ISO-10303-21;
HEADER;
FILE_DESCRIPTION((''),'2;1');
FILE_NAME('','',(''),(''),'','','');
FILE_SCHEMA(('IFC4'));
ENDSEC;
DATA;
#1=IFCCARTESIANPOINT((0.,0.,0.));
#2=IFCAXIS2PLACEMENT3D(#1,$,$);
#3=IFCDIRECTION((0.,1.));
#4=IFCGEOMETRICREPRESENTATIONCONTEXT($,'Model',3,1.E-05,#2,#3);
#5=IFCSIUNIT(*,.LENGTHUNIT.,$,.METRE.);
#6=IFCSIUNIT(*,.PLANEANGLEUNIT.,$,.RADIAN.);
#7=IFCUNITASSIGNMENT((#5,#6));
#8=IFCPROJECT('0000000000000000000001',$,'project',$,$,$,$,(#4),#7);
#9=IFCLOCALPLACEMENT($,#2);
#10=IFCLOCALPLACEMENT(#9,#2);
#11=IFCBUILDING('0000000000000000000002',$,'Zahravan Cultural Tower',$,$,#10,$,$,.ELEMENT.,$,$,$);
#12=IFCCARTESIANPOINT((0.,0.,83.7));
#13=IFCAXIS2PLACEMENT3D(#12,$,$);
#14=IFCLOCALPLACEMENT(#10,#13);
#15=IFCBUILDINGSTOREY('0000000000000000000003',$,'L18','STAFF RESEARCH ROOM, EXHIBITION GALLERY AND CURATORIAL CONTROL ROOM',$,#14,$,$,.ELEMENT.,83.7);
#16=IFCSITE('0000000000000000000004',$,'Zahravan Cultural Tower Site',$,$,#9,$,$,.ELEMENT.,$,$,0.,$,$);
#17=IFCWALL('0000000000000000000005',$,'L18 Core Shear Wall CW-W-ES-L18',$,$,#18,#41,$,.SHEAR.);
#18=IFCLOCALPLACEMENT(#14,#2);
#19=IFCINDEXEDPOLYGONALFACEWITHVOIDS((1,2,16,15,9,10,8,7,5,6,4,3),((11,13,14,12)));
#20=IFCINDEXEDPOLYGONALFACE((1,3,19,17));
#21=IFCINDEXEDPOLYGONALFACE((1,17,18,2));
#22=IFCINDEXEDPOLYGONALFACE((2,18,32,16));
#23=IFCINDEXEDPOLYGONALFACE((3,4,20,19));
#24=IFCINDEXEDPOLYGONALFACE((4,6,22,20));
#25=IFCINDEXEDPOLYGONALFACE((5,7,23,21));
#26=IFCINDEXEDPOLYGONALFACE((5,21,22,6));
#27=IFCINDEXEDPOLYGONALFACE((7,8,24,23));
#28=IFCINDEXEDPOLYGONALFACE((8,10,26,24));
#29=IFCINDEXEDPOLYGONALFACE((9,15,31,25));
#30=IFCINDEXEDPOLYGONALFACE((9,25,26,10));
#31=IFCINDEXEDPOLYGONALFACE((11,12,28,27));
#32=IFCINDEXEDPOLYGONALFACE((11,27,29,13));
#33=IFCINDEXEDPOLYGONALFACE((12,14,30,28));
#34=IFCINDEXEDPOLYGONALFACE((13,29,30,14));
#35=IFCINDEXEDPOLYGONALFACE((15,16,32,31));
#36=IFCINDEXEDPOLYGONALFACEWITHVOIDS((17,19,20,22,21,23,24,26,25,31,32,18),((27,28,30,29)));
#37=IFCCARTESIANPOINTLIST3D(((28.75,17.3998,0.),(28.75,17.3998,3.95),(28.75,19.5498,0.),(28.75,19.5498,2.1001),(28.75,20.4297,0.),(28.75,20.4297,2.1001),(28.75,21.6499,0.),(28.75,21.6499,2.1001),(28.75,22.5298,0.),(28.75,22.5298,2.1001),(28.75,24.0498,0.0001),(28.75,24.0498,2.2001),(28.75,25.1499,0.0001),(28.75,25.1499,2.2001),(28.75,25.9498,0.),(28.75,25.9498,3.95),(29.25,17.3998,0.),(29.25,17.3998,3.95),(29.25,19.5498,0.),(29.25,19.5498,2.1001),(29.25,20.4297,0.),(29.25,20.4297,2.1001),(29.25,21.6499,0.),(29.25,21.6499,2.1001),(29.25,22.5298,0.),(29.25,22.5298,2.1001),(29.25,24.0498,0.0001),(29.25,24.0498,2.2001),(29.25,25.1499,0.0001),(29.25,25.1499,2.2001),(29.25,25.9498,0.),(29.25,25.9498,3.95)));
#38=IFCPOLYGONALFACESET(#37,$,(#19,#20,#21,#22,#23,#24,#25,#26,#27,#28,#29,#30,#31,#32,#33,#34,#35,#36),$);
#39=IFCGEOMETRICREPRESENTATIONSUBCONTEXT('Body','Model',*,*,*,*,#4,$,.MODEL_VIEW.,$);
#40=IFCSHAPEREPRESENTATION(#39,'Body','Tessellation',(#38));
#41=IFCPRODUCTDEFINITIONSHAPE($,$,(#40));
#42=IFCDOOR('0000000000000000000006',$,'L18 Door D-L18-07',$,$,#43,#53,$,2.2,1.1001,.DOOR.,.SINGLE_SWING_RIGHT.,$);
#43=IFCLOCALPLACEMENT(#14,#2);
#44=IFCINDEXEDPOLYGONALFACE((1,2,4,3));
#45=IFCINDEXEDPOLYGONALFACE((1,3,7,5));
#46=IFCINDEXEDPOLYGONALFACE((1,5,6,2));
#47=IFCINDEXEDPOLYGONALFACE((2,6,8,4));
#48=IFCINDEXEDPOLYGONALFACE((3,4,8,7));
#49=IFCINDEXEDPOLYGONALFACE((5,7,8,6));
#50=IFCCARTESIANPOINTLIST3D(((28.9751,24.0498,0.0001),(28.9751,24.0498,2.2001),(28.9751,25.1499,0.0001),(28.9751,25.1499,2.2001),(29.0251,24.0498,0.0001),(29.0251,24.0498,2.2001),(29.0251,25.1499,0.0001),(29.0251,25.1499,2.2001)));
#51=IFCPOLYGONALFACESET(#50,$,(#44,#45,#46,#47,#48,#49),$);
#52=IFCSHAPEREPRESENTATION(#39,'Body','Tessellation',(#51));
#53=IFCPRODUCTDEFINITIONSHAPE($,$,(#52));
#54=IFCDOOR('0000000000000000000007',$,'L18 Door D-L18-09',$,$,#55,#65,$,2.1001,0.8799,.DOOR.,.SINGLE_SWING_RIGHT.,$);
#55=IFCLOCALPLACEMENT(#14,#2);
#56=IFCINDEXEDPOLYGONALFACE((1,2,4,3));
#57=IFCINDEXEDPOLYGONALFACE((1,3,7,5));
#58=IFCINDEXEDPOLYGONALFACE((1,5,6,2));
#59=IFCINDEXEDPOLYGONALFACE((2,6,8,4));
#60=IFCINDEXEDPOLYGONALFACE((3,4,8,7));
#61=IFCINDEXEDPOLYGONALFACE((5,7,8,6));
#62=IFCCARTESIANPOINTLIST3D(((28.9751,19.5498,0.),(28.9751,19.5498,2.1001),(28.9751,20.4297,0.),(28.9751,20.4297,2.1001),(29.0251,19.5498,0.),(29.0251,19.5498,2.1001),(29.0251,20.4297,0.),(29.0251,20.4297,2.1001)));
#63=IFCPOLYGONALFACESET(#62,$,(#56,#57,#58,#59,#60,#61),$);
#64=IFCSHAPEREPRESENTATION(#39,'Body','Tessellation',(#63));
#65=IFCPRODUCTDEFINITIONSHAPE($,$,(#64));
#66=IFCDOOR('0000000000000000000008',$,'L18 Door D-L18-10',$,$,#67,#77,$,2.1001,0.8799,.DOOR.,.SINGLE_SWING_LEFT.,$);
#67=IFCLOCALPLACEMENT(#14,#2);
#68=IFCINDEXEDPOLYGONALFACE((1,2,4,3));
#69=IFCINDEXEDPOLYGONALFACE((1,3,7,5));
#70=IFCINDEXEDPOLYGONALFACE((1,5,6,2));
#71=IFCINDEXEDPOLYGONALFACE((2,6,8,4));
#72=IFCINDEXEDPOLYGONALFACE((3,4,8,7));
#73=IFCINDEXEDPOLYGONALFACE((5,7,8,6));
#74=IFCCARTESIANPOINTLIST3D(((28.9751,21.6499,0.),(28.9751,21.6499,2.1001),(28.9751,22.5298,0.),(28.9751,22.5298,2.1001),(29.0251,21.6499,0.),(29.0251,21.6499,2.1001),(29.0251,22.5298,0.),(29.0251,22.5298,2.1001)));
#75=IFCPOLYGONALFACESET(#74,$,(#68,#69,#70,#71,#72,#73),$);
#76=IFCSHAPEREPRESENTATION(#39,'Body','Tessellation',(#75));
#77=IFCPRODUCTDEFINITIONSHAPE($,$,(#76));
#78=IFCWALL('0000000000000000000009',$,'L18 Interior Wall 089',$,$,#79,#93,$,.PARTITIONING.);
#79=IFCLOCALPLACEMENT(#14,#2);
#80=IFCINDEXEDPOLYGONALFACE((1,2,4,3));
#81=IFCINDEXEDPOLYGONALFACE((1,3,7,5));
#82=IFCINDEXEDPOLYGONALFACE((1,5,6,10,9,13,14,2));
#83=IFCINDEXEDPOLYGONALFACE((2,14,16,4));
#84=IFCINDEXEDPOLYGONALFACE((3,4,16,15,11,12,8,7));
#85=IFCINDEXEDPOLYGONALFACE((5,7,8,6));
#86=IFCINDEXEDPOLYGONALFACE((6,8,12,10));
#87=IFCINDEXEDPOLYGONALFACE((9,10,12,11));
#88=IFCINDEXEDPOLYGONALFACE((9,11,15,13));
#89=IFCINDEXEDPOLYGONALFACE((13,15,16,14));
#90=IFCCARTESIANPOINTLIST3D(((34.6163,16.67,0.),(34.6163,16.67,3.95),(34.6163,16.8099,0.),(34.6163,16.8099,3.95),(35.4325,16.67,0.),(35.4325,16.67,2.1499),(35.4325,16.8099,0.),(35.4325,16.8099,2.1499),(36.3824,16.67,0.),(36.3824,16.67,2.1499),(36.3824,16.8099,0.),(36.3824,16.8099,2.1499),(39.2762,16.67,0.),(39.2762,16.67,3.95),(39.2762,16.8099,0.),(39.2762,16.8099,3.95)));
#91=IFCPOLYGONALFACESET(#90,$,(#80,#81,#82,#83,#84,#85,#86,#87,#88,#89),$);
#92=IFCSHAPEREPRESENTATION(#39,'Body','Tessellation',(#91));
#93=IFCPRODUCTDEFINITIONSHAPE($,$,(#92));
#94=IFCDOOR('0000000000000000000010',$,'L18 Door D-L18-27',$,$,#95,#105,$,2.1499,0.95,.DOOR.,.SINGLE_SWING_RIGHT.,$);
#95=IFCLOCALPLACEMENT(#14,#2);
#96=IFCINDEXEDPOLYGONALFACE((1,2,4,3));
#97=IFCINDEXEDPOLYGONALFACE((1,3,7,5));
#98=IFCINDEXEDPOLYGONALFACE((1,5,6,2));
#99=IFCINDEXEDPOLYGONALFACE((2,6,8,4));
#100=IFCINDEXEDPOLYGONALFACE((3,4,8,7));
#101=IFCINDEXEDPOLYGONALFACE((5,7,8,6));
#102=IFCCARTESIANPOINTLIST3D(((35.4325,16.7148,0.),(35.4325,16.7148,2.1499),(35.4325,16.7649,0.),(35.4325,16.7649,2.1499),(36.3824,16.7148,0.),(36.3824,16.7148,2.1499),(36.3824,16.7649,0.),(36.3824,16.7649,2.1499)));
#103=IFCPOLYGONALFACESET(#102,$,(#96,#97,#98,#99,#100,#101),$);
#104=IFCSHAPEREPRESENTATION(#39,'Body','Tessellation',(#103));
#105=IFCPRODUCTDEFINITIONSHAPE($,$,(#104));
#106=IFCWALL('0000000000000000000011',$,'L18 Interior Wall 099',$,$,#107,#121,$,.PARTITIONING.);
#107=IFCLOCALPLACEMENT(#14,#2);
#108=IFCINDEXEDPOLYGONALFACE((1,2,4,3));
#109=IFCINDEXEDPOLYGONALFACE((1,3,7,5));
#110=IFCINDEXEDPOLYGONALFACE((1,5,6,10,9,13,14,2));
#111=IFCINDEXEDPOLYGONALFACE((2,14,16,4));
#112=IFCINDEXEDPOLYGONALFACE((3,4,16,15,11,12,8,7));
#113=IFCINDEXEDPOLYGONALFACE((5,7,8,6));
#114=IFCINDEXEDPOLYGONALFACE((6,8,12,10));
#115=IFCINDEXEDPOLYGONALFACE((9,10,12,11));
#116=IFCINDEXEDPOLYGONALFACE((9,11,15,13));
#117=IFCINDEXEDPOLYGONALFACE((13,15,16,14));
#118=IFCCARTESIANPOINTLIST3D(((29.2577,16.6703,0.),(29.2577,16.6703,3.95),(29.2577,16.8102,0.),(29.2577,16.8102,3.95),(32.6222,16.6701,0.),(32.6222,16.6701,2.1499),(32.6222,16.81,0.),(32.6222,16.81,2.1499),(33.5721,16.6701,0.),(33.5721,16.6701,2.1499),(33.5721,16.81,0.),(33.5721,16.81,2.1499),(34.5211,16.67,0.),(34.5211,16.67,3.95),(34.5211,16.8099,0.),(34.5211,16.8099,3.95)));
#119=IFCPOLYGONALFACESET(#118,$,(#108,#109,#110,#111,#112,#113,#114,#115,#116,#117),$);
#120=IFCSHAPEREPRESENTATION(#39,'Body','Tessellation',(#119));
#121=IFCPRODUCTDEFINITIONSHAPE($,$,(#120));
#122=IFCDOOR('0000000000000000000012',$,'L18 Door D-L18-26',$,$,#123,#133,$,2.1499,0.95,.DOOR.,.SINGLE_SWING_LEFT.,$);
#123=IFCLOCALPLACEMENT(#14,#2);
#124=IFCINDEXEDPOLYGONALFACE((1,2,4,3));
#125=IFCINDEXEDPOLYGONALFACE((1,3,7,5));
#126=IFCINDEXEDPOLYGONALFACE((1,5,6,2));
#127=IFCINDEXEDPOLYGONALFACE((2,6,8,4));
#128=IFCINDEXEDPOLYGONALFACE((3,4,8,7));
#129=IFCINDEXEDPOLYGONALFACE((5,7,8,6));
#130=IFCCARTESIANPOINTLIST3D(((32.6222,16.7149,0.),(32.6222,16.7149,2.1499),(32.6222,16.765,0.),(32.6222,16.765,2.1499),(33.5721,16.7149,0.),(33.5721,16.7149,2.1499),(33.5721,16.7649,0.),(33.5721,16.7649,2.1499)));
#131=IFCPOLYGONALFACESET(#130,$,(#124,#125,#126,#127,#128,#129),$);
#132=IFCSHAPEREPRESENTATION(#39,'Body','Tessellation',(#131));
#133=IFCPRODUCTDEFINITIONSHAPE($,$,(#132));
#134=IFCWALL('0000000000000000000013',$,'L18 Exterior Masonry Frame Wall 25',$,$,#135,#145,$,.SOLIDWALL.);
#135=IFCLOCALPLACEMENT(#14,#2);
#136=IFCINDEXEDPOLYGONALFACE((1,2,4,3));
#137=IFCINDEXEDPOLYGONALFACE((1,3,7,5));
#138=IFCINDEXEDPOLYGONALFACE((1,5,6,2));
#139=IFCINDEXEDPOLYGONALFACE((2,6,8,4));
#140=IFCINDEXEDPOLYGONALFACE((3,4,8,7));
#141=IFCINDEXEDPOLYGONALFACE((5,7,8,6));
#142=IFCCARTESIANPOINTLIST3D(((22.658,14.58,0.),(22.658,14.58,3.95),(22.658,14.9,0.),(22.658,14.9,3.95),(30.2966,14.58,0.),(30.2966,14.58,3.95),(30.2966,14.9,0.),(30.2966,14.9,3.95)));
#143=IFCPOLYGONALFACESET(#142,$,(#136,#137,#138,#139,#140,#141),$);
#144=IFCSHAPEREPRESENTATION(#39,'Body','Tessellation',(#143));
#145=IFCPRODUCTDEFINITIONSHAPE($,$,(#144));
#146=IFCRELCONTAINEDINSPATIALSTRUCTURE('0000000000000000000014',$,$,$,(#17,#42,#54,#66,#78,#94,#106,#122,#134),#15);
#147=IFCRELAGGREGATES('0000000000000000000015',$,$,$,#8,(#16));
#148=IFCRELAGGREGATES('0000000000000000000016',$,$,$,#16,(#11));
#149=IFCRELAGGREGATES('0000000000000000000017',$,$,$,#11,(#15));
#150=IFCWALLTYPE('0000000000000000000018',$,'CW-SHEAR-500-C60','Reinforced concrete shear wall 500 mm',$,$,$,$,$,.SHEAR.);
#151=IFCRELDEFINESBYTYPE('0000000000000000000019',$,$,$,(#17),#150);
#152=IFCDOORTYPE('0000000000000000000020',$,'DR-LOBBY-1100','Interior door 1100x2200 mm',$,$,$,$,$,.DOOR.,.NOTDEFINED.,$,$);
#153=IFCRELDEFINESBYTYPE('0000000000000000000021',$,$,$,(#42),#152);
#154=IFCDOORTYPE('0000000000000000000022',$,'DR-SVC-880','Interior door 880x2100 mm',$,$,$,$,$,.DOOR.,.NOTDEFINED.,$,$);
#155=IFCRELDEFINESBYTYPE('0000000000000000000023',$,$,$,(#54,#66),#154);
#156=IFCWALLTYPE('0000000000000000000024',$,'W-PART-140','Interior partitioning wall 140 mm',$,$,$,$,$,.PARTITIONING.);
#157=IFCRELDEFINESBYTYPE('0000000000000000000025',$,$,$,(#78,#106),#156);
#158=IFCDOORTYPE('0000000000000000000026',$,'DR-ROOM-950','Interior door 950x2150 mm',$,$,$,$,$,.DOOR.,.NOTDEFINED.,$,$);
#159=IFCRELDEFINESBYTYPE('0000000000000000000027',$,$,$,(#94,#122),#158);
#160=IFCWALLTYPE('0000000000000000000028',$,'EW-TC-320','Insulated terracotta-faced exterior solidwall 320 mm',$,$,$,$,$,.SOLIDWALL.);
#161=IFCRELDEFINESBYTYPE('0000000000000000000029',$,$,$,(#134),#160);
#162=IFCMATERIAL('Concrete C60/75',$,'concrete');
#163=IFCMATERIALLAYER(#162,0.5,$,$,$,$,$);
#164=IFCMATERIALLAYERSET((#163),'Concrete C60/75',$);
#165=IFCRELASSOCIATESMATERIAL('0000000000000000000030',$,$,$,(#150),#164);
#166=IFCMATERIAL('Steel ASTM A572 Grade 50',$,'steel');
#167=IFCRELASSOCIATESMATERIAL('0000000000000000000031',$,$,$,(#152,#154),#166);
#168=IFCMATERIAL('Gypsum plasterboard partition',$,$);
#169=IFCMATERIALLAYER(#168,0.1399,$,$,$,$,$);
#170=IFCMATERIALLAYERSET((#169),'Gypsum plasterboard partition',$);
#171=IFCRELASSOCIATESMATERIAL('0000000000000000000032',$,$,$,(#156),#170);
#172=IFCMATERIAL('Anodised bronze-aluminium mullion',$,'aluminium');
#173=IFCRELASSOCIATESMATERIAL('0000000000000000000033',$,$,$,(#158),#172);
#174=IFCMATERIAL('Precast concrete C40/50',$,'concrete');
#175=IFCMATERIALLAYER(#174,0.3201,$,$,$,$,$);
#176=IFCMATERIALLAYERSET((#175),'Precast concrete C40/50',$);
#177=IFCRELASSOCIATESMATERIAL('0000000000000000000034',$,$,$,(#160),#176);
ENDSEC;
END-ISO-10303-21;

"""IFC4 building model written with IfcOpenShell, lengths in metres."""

from ifc_helpers import new_model, si_unit, direction, frame, frame_2d, origin, place, context, subcontext, project, spatial, rectangle, extrude, source, transform, mapped, material, layer, layer_set, type_object, element, fill, save


model = new_model("IFC4")

# Units and contexts
model_context = context("Model", 3, precision=1e-05, world=origin(), true_north=direction((0.0, 1.0)))
body_context = subcontext(model_context, "Body", "Model", "MODEL_VIEW")
ifc_project = project(units=[si_unit("LENGTHUNIT", "METRE"), si_unit("PLANEANGLEUNIT", "RADIAN")], contexts=[model_context])

# Site, building, storey
site_placement = place(None, origin())
site = spatial("IfcSite", under=ifc_project, at=site_placement, Name="Zahravan Cultural Tower Site", CompositionType="ELEMENT", RefElevation=0.0)
building_placement = place(site_placement, origin())
building = spatial("IfcBuilding", under=site, at=building_placement, Name="Zahravan Cultural Tower", CompositionType="ELEMENT")
storey_placement = place(building_placement, frame((0.0, 0.0, 83.7)))
storey = spatial("IfcBuildingStorey", under=building, at=storey_placement, Name="L18", Description="STAFF RESEARCH ROOM, EXHIBITION GALLERY AND CURATORIAL CONTROL ROOM", CompositionType="ELEMENT", Elevation=83.7)

# Shared definitions
ifc_material_1 = material(Name="Anodised bronze-aluminium mullion", Category="aluminium")

# Wall, openings, doors
ifc_material_2 = material(Name="Concrete C60/75", Category="concrete")
ifc_layer_1 = layer(ifc_material_2, 0.5)
ifc_layer_set_1 = layer_set([ifc_layer_1], Name="Concrete C60/75")
wall_type_1 = type_object("IfcWallType", Name="CW-SHEAR-500-C60", Description="Reinforced concrete shear wall 500 mm", PredefinedType="SHEAR", material=ifc_layer_set_1)
wall_1_placement = place(storey_placement, frame((29.0, 17.3999, 0.0), z_axis=(0.0, 0.0, 1.0), x_axis=(0.0, 1.0, 0.0)))
wall_1 = element("IfcWall", 1, at=wall_1_placement, inside=storey, type_object=wall_type_1, Name="L18 Core Shear Wall CW-W-ES-L18", PredefinedType="SHEAR", context=body_context, shape_type="SweptSolid", body=[
    extrude(rectangle(XDim=8.55, YDim=0.5, at=frame_2d((4.2749, 0.0))), origin(), (0.0, 0.0, 1.0), 3.95),
])
opening_1_placement = place(wall_1_placement, frame((6.6499, 0.0, 0.0)))
opening_1 = element("IfcOpeningElement", 2, at=opening_1_placement, cuts=wall_1, PredefinedType="OPENING", context=body_context, shape_type="SweptSolid", body=[
    extrude(rectangle(XDim=1.1001, YDim=2.2, at=frame_2d((0.55, 1.1001))), frame((0.0, 0.26, 0.0), z_axis=(0.0, -1.0, 0.0), x_axis=(1.0, 0.0, 0.0)), (0.0, 0.0, 1.0), 0.52),
])
opening_2_placement = place(wall_1_placement, frame((2.1499, 0.0, 0.0)))
opening_2 = element("IfcOpeningElement", 3, at=opening_2_placement, cuts=wall_1, PredefinedType="OPENING", context=body_context, shape_type="SweptSolid", body=[
    extrude(rectangle(XDim=0.8799, YDim=2.1001, at=frame_2d((0.4399, 1.05))), frame((0.0, 0.26, 0.0), z_axis=(0.0, -1.0, 0.0), x_axis=(1.0, 0.0, 0.0)), (0.0, 0.0, 1.0), 0.52),
])
opening_3_placement = place(wall_1_placement, frame((4.25, 0.0, 0.0)))
opening_3 = element("IfcOpeningElement", 4, at=opening_3_placement, cuts=wall_1, PredefinedType="OPENING", context=body_context, shape_type="SweptSolid", body=[
    extrude(rectangle(XDim=0.8799, YDim=2.1001, at=frame_2d((0.4399, 1.05))), frame((0.0, 0.26, 0.0), z_axis=(0.0, -1.0, 0.0), x_axis=(1.0, 0.0, 0.0)), (0.0, 0.0, 1.0), 0.52),
])
ifc_material_3 = material(Name="Steel ASTM A572 Grade 50", Category="steel")
door_type_1 = type_object("IfcDoorType", Name="DR-LOBBY-1100", Description="Interior door 1100x2200 mm", OperationType="NOTDEFINED", PredefinedType="DOOR", material=ifc_material_3)
shared_shape_1 = source(origin(), body_context, "Body", "SweptSolid", [
    extrude(rectangle(XDim=1.1001, YDim=2.2, at=frame_2d((0.55, 1.1001))), frame((0.0, 0.0249, 0.0), z_axis=(0.0, -1.0, 0.0), x_axis=(1.0, 0.0, 0.0)), (0.0, 0.0, 1.0), 0.05),
])
door_1_placement = place(opening_1_placement, origin())
door_1 = element("IfcDoor", 5, at=door_1_placement, inside=storey, type_object=door_type_1, Name="L18 Door D-L18-07", OperationType="SINGLE_SWING_RIGHT", OverallHeight=2.2, OverallWidth=1.1001, PredefinedType="DOOR", context=body_context, shape_type="MappedRepresentation", body=[
    mapped(shared_shape_1, transform((0.0, 0.0, 0.0), x_axis=(1.0, 0.0, 0.0), y_axis=(0.0, 1.0, 0.0), z_axis=(0.0, 0.0, 1.0), scale=1.0)),
])
fill(opening_1, door_1)
door_type_2 = type_object("IfcDoorType", Name="DR-SVC-880", Description="Interior door 880x2100 mm", OperationType="NOTDEFINED", PredefinedType="DOOR", material=ifc_material_3)
shared_shape_2 = source(origin(), body_context, "Body", "SweptSolid", [
    extrude(rectangle(XDim=0.8799, YDim=2.1001, at=frame_2d((0.4399, 1.05))), frame((0.0, 0.0249, 0.0), z_axis=(0.0, -1.0, 0.0), x_axis=(1.0, 0.0, 0.0)), (0.0, 0.0, 1.0), 0.05),
])
door_2_placement = place(opening_2_placement, origin())
door_2 = element("IfcDoor", 6, at=door_2_placement, inside=storey, type_object=door_type_2, Name="L18 Door D-L18-09", OperationType="SINGLE_SWING_RIGHT", OverallHeight=2.1001, OverallWidth=0.8799, PredefinedType="DOOR", context=body_context, shape_type="MappedRepresentation", body=[
    mapped(shared_shape_2, transform((0.0, 0.0, 0.0), x_axis=(1.0, 0.0, 0.0), y_axis=(0.0, 1.0, 0.0), z_axis=(0.0, 0.0, 1.0), scale=1.0)),
])
fill(opening_2, door_2)
door_3_placement = place(opening_3_placement, origin())
door_3 = element("IfcDoor", 7, at=door_3_placement, inside=storey, type_object=door_type_2, Name="L18 Door D-L18-10", OperationType="SINGLE_SWING_LEFT", OverallHeight=2.1001, OverallWidth=0.8799, PredefinedType="DOOR", context=body_context, shape_type="MappedRepresentation", body=[
    mapped(shared_shape_2, transform((0.0, 0.0, 0.0), x_axis=(1.0, 0.0, 0.0), y_axis=(0.0, 1.0, 0.0), z_axis=(0.0, 0.0, 1.0), scale=1.0)),
])
fill(opening_3, door_3)

# Walls, openings, doors
ifc_material_4 = material(Name="Gypsum plasterboard partition")
ifc_layer_2 = layer(ifc_material_4, 0.1399)
ifc_layer_set_2 = layer_set([ifc_layer_2], Name="Gypsum plasterboard partition")
wall_type_2 = type_object("IfcWallType", Name="W-PART-140", Description="Interior partitioning wall 140 mm", PredefinedType="PARTITIONING", material=ifc_layer_set_2)
wall_2_placement = place(storey_placement, frame((34.6162, 16.74, 0.0), z_axis=(0.0, 0.0, 1.0), x_axis=(1.0, 0.0, 0.0)))
wall_2 = element("IfcWall", 8, at=wall_2_placement, inside=storey, type_object=wall_type_2, Name="L18 Interior Wall 089", PredefinedType="PARTITIONING", context=body_context, shape_type="SweptSolid", body=[
    extrude(rectangle(XDim=4.6599, YDim=0.1399, at=frame_2d((2.3301, 0.0))), origin(), (0.0, 0.0, 1.0), 3.95),
])
opening_4_placement = place(wall_2_placement, frame((0.8162, 0.0, 0.0)))
opening_4 = element("IfcOpeningElement", 9, at=opening_4_placement, cuts=wall_2, PredefinedType="OPENING", context=body_context, shape_type="SweptSolid", body=[
    extrude(rectangle(XDim=0.95, YDim=2.1499, at=frame_2d((0.4751, 1.075))), frame((0.0, 0.0798, 0.0), z_axis=(0.0, -1.0, 0.0), x_axis=(1.0, 0.0, 0.0)), (0.0, 0.0, 1.0), 0.1599),
])
door_type_3 = type_object("IfcDoorType", Name="DR-ROOM-950", Description="Interior door 950x2150 mm", OperationType="NOTDEFINED", PredefinedType="DOOR", material=ifc_material_1)
shared_shape_3 = source(origin(), body_context, "Body", "SweptSolid", [
    extrude(rectangle(XDim=0.95, YDim=2.1499, at=frame_2d((0.4751, 1.075))), frame((0.0, 0.0249, 0.0), z_axis=(0.0, -1.0, 0.0), x_axis=(1.0, 0.0, 0.0)), (0.0, 0.0, 1.0), 0.05),
])
door_4_placement = place(opening_4_placement, origin())
door_4 = element("IfcDoor", 10, at=door_4_placement, inside=storey, type_object=door_type_3, Name="L18 Door D-L18-27", OperationType="SINGLE_SWING_RIGHT", OverallHeight=2.1499, OverallWidth=0.95, PredefinedType="DOOR", context=body_context, shape_type="MappedRepresentation", body=[
    mapped(shared_shape_3, transform((0.0, 0.0, 0.0), x_axis=(1.0, 0.0, 0.0), y_axis=(0.0, 1.0, 0.0), z_axis=(0.0, 0.0, 1.0), scale=1.0)),
])
fill(opening_4, door_4)
wall_3_placement = place(storey_placement, frame((29.2576, 16.7402, 0.0), z_axis=(0.0, 0.0, 1.0), x_axis=(1.0, -0.000046, 0.0)))
wall_3 = element("IfcWall", 11, at=wall_3_placement, inside=storey, type_object=wall_type_2, Name="L18 Interior Wall 099", PredefinedType="PARTITIONING", context=body_context, shape_type="SweptSolid", body=[
    extrude(rectangle(XDim=5.2634, YDim=0.1399, at=frame_2d((2.6318, 0.0))), origin(), (0.0, 0.0, 1.0), 3.95),
])
opening_5_placement = place(wall_3_placement, frame((3.3645, 0.0, 0.0)))
opening_5 = element("IfcOpeningElement", 12, at=opening_5_placement, cuts=wall_3, PredefinedType="OPENING", context=body_context, shape_type="SweptSolid", body=[
    extrude(rectangle(XDim=0.95, YDim=2.1499, at=frame_2d((0.4751, 1.075))), frame((0.0, 0.0798, 0.0), z_axis=(0.0, -1.0, 0.0), x_axis=(1.0, 0.0, 0.0)), (0.0, 0.0, 1.0), 0.1599),
])
door_5_placement = place(opening_5_placement, origin())
door_5 = element("IfcDoor", 13, at=door_5_placement, inside=storey, type_object=door_type_3, Name="L18 Door D-L18-26", OperationType="SINGLE_SWING_LEFT", OverallHeight=2.1499, OverallWidth=0.95, PredefinedType="DOOR", context=body_context, shape_type="MappedRepresentation", body=[
    mapped(shared_shape_3, transform((0.0, 0.0, 0.0), x_axis=(1.0, 0.0, 0.0), y_axis=(0.0, 1.0, 0.0), z_axis=(0.0, 0.0, 1.0), scale=1.0)),
])
fill(opening_5, door_5)

# Wall
ifc_material_5 = material(Name="Precast concrete C40/50", Category="concrete")
ifc_layer_3 = layer(ifc_material_5, 0.3201)
ifc_layer_set_3 = layer_set([ifc_layer_3], Name="Precast concrete C40/50")
wall_type_3 = type_object("IfcWallType", Name="EW-TC-320", Description="Insulated terracotta-faced exterior solidwall 320 mm", PredefinedType="SOLIDWALL", material=ifc_layer_set_3)
shared_shape_4 = source(origin(), body_context, "Body", "SweptSolid", [
    extrude(rectangle(XDim=7.6387, YDim=0.3201, at=frame_2d((3.8193, 0.0))), origin(), (0.0, 0.0, 1.0), 3.95),
])
wall_4_placement = place(storey_placement, frame((30.2966, 14.74, 0.0), z_axis=(0.0, 0.0, 1.0), x_axis=(-1.0, 0.0, 0.0)))
element("IfcWall", 14, at=wall_4_placement, inside=storey, type_object=wall_type_3, Name="L18 Exterior Masonry Frame Wall 25", PredefinedType="SOLIDWALL", context=body_context, shape_type="MappedRepresentation", body=[
    mapped(shared_shape_4, transform((0.0, 0.0, 0.0), x_axis=(1.0, 0.0, 0.0), y_axis=(0.0, 1.0, 0.0), z_axis=(0.0, 0.0, 1.0), scale=1.0)),
])

save(model, "model.ifc")
